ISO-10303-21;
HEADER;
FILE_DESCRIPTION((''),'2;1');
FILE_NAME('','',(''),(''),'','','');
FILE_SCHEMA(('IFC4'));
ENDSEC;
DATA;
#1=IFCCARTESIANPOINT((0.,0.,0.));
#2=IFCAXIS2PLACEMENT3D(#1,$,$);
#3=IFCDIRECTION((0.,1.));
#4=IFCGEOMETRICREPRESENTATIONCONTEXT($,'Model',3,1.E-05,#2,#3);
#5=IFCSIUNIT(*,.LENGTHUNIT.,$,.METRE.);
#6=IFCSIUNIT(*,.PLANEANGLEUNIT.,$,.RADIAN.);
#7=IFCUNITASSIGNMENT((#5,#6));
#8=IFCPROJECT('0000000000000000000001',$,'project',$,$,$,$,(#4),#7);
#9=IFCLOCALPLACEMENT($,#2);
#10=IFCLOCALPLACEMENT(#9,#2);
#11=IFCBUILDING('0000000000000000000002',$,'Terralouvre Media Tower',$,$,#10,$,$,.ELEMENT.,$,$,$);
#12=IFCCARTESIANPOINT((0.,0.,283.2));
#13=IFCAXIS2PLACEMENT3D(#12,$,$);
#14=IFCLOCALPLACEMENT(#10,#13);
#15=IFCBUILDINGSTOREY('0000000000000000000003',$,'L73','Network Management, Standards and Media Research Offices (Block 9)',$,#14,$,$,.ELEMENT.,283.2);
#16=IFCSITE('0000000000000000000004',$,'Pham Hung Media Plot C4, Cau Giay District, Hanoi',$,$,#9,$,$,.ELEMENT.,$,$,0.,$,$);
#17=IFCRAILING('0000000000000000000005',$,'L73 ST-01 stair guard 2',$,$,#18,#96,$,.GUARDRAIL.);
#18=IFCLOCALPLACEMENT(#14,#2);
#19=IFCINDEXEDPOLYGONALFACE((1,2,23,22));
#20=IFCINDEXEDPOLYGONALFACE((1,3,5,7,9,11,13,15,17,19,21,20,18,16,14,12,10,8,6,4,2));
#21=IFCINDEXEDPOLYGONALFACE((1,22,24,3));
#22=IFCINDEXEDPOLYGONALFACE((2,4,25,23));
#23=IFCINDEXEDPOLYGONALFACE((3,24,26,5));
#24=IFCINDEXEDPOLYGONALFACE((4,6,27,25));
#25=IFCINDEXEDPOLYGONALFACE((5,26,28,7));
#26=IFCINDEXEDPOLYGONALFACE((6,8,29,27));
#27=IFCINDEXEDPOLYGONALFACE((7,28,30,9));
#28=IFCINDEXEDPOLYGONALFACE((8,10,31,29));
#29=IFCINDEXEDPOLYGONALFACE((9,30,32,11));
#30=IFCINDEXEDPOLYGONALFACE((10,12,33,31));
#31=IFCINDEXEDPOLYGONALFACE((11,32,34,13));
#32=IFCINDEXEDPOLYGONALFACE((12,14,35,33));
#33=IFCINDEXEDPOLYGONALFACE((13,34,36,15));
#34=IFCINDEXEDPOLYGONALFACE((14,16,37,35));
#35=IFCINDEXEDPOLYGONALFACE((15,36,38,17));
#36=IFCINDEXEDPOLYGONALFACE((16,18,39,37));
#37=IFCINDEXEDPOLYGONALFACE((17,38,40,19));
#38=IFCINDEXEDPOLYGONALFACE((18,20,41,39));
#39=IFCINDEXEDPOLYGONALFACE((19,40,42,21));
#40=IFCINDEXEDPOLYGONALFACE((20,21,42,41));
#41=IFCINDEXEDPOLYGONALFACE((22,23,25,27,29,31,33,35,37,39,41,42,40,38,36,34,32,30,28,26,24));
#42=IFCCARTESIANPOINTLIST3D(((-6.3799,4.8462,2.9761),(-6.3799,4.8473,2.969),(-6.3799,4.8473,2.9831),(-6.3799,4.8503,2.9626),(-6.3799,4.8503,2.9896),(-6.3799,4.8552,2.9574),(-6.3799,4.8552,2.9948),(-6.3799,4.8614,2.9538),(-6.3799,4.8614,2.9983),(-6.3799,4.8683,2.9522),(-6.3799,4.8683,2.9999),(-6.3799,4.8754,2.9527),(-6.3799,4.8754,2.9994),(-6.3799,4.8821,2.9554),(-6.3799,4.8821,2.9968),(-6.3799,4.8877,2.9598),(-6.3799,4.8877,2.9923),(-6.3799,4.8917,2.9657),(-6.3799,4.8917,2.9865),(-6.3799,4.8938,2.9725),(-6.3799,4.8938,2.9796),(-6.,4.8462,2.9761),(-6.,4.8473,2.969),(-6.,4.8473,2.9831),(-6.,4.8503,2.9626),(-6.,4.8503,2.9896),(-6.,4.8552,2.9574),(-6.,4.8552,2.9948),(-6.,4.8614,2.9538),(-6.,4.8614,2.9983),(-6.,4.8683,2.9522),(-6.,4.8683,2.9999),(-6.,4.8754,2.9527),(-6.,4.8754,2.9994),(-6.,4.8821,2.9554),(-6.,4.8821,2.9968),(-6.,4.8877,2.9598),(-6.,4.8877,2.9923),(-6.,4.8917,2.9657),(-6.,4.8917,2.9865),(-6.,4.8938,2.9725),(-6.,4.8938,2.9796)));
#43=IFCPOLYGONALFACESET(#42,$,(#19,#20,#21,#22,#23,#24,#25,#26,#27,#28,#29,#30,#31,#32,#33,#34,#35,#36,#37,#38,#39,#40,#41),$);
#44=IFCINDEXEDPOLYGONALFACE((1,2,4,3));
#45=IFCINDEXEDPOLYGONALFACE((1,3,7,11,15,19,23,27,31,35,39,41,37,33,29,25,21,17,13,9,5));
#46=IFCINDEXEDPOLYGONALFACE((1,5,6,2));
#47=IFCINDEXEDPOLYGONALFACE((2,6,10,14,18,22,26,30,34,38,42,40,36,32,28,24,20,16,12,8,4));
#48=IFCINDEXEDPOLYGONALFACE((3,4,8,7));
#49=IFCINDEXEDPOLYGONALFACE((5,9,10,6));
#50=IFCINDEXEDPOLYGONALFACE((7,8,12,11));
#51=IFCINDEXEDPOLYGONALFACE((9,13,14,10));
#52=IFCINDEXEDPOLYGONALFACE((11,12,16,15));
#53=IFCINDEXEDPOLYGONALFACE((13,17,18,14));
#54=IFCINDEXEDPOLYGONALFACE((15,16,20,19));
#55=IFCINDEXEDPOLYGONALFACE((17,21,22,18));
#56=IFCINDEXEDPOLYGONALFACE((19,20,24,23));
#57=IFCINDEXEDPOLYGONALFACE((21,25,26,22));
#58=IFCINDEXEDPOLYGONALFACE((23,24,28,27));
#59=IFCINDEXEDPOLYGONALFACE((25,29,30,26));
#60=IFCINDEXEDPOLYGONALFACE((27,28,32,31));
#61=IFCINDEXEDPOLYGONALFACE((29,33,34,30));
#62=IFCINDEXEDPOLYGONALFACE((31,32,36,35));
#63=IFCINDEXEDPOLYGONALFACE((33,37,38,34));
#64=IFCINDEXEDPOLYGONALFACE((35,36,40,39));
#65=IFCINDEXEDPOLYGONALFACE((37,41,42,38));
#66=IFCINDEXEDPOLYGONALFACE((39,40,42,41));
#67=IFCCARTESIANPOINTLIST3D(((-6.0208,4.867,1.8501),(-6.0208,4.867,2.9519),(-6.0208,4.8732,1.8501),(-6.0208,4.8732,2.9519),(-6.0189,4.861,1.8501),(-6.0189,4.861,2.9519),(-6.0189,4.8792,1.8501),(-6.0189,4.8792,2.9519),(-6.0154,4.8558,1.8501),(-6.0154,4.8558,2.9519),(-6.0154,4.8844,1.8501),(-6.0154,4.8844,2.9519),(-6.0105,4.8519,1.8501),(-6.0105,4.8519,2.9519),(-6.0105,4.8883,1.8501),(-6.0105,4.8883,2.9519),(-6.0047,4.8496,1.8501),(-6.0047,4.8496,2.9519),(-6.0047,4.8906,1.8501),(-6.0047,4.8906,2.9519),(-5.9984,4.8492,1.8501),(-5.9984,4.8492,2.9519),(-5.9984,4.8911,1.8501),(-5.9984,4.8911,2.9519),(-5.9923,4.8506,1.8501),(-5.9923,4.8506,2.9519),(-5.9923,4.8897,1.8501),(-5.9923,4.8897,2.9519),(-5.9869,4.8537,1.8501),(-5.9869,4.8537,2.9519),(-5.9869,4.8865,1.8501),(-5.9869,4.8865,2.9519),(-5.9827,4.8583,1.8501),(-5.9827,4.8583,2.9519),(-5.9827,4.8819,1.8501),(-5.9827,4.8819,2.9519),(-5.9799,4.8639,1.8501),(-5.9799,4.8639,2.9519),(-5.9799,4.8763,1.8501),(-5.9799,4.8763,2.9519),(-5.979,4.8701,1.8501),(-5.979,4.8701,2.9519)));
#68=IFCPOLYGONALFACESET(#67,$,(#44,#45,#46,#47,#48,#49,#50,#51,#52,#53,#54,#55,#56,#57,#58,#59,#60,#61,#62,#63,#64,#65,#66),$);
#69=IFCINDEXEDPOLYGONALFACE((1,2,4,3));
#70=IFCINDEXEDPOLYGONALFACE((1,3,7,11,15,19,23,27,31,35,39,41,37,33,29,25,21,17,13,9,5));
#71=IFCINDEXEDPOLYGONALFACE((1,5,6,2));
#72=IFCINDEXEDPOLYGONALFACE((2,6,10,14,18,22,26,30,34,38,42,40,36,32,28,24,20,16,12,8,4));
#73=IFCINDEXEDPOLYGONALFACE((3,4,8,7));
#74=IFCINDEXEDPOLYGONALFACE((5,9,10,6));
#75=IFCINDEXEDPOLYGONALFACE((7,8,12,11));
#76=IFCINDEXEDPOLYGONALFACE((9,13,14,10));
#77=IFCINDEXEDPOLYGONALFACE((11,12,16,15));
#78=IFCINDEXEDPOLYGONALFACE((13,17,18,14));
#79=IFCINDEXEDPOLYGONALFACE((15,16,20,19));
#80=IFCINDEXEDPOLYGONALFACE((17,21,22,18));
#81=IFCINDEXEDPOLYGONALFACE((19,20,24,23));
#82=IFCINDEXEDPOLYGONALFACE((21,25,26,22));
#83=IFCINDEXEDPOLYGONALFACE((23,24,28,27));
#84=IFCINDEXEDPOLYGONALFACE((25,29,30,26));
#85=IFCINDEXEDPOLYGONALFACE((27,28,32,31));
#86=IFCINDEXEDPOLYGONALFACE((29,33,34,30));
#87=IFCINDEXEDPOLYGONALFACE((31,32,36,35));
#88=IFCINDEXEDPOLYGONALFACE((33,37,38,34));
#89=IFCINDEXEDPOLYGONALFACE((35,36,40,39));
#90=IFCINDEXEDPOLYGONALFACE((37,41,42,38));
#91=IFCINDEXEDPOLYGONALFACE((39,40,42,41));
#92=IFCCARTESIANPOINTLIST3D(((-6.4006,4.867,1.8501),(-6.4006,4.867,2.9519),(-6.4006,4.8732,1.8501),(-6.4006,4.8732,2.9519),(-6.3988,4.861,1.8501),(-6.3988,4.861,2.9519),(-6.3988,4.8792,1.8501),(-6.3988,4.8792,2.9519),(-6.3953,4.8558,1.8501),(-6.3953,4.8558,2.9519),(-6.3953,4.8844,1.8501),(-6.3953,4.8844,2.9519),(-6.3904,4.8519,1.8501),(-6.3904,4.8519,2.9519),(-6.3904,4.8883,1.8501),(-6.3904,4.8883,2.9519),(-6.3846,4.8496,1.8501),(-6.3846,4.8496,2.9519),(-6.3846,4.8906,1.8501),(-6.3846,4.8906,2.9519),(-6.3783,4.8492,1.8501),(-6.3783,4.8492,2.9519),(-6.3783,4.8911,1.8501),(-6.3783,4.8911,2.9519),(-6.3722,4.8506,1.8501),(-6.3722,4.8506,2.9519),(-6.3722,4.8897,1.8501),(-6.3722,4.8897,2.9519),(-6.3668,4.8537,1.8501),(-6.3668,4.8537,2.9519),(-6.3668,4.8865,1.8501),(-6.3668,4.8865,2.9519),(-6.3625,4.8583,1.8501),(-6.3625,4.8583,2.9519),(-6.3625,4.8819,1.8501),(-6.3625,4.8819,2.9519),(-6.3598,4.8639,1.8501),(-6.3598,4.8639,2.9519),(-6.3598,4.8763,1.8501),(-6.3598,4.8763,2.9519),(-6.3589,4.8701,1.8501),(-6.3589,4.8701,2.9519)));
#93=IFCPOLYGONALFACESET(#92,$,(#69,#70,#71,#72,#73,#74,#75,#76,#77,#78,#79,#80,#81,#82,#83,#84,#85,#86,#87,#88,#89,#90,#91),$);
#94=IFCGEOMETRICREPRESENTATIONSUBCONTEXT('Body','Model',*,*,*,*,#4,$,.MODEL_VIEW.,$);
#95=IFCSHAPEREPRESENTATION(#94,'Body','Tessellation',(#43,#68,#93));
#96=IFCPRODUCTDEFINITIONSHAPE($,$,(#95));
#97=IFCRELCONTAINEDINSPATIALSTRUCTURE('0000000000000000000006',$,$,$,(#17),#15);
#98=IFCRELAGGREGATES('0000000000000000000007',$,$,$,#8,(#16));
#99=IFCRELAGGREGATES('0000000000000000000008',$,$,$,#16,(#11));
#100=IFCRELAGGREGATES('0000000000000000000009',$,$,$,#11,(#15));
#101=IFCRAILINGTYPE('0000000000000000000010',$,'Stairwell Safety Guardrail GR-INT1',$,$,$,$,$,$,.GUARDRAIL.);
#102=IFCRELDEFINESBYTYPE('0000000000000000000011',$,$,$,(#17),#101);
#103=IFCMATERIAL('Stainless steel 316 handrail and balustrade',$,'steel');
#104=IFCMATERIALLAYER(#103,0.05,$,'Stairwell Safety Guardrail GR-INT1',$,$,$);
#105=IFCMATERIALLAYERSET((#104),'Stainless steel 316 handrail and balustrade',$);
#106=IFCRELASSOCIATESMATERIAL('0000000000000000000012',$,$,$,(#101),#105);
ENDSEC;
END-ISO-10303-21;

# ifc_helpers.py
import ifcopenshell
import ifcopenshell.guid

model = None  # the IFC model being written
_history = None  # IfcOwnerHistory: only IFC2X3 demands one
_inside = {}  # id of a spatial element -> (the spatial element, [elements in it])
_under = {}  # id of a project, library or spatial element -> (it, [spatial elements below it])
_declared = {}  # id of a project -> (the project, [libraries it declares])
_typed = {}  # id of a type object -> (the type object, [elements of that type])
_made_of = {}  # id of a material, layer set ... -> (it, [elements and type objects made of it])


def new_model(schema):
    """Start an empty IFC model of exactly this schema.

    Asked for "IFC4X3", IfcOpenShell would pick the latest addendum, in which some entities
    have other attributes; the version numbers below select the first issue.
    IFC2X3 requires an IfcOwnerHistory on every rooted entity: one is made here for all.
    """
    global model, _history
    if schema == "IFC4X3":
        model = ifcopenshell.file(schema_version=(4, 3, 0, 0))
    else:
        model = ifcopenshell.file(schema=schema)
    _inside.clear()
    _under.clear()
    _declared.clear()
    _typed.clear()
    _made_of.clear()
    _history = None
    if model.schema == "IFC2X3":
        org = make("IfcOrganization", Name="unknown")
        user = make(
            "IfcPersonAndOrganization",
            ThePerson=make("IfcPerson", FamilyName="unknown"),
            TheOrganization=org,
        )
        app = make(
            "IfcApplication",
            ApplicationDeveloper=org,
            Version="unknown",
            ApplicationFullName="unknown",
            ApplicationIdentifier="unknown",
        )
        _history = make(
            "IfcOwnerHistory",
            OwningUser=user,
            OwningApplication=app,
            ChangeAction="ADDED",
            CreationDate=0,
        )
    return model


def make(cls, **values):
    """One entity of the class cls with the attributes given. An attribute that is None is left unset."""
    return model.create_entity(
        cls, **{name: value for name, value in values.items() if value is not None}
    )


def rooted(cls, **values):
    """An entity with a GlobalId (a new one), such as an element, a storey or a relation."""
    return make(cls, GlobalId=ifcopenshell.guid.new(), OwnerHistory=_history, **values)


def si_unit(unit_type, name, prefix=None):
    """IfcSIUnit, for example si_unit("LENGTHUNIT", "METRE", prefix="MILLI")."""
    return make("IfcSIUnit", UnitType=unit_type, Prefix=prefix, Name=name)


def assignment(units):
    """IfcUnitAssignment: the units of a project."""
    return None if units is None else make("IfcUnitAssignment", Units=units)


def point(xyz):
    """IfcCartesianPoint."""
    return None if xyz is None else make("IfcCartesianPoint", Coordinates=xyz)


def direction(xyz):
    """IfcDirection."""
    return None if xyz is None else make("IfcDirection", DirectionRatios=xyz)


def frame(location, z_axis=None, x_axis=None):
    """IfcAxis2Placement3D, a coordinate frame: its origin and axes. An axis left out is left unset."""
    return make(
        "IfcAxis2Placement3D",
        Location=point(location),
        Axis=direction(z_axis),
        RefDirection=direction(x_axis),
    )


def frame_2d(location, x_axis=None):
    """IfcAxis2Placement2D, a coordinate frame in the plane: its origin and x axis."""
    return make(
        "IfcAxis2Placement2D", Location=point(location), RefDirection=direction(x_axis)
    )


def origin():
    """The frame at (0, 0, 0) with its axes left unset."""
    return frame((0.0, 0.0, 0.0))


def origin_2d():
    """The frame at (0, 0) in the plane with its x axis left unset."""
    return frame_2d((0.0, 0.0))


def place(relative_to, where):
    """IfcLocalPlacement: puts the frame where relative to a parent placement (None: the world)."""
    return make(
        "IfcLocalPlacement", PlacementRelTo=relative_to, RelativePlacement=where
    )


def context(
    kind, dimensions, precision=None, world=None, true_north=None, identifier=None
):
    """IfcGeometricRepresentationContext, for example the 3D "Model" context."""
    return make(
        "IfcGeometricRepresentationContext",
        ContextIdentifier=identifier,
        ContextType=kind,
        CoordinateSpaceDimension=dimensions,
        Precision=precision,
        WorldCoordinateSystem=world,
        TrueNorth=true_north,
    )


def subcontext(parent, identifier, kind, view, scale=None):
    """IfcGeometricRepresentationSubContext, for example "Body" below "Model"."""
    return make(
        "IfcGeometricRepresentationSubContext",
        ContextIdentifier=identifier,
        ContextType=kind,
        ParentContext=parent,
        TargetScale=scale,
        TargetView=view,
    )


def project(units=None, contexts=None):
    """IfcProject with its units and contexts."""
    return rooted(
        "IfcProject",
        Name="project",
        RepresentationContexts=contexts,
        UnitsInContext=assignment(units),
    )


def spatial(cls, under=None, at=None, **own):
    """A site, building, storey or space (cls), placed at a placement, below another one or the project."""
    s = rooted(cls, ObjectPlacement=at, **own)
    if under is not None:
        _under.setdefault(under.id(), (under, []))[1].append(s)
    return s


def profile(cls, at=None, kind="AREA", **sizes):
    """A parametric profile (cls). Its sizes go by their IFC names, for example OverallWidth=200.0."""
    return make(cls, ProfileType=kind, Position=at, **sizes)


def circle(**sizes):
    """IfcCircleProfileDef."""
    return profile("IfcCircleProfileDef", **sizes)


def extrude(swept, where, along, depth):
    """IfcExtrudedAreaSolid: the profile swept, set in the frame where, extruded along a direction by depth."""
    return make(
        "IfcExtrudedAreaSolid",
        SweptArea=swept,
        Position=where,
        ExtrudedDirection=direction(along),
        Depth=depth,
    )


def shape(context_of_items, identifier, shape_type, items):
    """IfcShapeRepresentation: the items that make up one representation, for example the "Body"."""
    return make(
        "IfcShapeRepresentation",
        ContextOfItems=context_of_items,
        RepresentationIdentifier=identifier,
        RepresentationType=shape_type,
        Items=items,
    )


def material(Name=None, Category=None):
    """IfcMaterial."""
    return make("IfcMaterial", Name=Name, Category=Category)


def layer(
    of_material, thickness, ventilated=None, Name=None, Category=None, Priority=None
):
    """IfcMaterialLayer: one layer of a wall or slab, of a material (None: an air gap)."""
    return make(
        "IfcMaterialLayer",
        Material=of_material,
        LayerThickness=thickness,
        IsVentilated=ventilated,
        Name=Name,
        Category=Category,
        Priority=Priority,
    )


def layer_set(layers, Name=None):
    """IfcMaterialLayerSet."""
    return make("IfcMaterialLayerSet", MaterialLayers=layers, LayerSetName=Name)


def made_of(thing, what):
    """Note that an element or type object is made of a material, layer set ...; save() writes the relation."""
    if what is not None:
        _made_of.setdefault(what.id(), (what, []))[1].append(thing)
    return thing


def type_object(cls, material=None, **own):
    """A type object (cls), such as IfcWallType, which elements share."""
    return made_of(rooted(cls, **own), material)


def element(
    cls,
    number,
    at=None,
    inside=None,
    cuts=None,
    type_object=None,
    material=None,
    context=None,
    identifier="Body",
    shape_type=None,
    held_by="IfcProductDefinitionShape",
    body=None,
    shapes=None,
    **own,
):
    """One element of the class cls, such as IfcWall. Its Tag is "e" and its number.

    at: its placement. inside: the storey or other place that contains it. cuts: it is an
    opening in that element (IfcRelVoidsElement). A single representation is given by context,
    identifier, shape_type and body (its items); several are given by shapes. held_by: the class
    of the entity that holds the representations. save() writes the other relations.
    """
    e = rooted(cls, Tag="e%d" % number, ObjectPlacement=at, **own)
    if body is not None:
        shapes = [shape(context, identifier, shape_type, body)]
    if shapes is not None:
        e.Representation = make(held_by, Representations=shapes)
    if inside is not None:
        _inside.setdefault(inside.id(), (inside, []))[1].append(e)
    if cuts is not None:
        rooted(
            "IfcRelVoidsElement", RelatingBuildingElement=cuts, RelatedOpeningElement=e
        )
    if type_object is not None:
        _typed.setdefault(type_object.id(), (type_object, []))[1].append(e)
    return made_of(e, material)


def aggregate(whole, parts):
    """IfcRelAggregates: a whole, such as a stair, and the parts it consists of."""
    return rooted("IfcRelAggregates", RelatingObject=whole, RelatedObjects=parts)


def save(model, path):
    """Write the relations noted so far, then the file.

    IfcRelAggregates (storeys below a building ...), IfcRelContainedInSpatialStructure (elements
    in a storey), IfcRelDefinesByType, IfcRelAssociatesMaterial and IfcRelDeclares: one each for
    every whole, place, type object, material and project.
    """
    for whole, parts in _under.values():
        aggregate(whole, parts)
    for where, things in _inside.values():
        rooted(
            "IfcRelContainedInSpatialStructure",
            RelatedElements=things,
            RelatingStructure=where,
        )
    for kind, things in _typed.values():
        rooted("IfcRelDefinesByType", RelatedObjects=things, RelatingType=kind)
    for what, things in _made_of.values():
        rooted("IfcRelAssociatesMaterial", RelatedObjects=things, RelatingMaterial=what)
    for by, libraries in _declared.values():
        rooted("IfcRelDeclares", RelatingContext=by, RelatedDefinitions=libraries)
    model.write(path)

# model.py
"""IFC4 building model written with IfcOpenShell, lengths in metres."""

from ifc_helpers import new_model, si_unit, direction, frame, origin, origin_2d, place, context, subcontext, project, spatial, circle, extrude, material, layer, layer_set, type_object, element, save


model = new_model("IFC4")

# Units and contexts
model_context = context("Model", 3, precision=1e-05, world=origin(), true_north=direction((0.0, 1.0)))
body_context = subcontext(model_context, "Body", "Model", "MODEL_VIEW")
ifc_project = project(units=[si_unit("LENGTHUNIT", "METRE"), si_unit("PLANEANGLEUNIT", "RADIAN")], contexts=[model_context])

# Site, building, storey
site_placement = place(None, origin())
site = spatial("IfcSite", under=ifc_project, at=site_placement, Name="Pham Hung Media Plot C4, Cau Giay District, Hanoi", CompositionType="ELEMENT", RefElevation=0.0)
building_placement = place(site_placement, origin())
building = spatial("IfcBuilding", under=site, at=building_placement, Name="Terralouvre Media Tower", CompositionType="ELEMENT")
storey_placement = place(building_placement, frame((0.0, 0.0, 283.2)))
storey = spatial("IfcBuildingStorey", under=building, at=storey_placement, Name="L73", Description="Network Management, Standards and Media Research Offices (Block 9)", CompositionType="ELEMENT", Elevation=283.2)

# Railing
ifc_material_1 = material(Name="Stainless steel 316 handrail and balustrade", Category="steel")
ifc_layer_1 = layer(ifc_material_1, 0.05, Name="Stairwell Safety Guardrail GR-INT1")
ifc_layer_set_1 = layer_set([ifc_layer_1], Name="Stainless steel 316 handrail and balustrade")
railing_type_1 = type_object("IfcRailingType", Name="Stairwell Safety Guardrail GR-INT1", PredefinedType="GUARDRAIL", material=ifc_layer_set_1)
railing_1_placement = place(storey_placement, frame((-6.0, 4.8701, 1.8501)))
element("IfcRailing", 1, at=railing_1_placement, inside=storey, type_object=railing_type_1, Name="L73 ST-01 stair guard 2", PredefinedType="GUARDRAIL", context=body_context, shape_type="SweptSolid", body=[
    extrude(circle(Radius=0.0239, at=origin_2d()), frame((0.0, 0.0, 1.126), z_axis=(-1.0, 0.0, 0.0), x_axis=(0.0, -1.0, 0.0)), (0.0, 0.0, 1.0), 0.3799),
    extrude(circle(Radius=0.021, at=origin_2d()), origin(), (0.0, 0.0, 1.0), 1.1018),
    extrude(circle(Radius=0.021, at=origin_2d()), frame((-0.3799, 0.0, 0.0)), (0.0, 0.0, 1.0), 1.1018),
])

save(model, "model.ifc")
